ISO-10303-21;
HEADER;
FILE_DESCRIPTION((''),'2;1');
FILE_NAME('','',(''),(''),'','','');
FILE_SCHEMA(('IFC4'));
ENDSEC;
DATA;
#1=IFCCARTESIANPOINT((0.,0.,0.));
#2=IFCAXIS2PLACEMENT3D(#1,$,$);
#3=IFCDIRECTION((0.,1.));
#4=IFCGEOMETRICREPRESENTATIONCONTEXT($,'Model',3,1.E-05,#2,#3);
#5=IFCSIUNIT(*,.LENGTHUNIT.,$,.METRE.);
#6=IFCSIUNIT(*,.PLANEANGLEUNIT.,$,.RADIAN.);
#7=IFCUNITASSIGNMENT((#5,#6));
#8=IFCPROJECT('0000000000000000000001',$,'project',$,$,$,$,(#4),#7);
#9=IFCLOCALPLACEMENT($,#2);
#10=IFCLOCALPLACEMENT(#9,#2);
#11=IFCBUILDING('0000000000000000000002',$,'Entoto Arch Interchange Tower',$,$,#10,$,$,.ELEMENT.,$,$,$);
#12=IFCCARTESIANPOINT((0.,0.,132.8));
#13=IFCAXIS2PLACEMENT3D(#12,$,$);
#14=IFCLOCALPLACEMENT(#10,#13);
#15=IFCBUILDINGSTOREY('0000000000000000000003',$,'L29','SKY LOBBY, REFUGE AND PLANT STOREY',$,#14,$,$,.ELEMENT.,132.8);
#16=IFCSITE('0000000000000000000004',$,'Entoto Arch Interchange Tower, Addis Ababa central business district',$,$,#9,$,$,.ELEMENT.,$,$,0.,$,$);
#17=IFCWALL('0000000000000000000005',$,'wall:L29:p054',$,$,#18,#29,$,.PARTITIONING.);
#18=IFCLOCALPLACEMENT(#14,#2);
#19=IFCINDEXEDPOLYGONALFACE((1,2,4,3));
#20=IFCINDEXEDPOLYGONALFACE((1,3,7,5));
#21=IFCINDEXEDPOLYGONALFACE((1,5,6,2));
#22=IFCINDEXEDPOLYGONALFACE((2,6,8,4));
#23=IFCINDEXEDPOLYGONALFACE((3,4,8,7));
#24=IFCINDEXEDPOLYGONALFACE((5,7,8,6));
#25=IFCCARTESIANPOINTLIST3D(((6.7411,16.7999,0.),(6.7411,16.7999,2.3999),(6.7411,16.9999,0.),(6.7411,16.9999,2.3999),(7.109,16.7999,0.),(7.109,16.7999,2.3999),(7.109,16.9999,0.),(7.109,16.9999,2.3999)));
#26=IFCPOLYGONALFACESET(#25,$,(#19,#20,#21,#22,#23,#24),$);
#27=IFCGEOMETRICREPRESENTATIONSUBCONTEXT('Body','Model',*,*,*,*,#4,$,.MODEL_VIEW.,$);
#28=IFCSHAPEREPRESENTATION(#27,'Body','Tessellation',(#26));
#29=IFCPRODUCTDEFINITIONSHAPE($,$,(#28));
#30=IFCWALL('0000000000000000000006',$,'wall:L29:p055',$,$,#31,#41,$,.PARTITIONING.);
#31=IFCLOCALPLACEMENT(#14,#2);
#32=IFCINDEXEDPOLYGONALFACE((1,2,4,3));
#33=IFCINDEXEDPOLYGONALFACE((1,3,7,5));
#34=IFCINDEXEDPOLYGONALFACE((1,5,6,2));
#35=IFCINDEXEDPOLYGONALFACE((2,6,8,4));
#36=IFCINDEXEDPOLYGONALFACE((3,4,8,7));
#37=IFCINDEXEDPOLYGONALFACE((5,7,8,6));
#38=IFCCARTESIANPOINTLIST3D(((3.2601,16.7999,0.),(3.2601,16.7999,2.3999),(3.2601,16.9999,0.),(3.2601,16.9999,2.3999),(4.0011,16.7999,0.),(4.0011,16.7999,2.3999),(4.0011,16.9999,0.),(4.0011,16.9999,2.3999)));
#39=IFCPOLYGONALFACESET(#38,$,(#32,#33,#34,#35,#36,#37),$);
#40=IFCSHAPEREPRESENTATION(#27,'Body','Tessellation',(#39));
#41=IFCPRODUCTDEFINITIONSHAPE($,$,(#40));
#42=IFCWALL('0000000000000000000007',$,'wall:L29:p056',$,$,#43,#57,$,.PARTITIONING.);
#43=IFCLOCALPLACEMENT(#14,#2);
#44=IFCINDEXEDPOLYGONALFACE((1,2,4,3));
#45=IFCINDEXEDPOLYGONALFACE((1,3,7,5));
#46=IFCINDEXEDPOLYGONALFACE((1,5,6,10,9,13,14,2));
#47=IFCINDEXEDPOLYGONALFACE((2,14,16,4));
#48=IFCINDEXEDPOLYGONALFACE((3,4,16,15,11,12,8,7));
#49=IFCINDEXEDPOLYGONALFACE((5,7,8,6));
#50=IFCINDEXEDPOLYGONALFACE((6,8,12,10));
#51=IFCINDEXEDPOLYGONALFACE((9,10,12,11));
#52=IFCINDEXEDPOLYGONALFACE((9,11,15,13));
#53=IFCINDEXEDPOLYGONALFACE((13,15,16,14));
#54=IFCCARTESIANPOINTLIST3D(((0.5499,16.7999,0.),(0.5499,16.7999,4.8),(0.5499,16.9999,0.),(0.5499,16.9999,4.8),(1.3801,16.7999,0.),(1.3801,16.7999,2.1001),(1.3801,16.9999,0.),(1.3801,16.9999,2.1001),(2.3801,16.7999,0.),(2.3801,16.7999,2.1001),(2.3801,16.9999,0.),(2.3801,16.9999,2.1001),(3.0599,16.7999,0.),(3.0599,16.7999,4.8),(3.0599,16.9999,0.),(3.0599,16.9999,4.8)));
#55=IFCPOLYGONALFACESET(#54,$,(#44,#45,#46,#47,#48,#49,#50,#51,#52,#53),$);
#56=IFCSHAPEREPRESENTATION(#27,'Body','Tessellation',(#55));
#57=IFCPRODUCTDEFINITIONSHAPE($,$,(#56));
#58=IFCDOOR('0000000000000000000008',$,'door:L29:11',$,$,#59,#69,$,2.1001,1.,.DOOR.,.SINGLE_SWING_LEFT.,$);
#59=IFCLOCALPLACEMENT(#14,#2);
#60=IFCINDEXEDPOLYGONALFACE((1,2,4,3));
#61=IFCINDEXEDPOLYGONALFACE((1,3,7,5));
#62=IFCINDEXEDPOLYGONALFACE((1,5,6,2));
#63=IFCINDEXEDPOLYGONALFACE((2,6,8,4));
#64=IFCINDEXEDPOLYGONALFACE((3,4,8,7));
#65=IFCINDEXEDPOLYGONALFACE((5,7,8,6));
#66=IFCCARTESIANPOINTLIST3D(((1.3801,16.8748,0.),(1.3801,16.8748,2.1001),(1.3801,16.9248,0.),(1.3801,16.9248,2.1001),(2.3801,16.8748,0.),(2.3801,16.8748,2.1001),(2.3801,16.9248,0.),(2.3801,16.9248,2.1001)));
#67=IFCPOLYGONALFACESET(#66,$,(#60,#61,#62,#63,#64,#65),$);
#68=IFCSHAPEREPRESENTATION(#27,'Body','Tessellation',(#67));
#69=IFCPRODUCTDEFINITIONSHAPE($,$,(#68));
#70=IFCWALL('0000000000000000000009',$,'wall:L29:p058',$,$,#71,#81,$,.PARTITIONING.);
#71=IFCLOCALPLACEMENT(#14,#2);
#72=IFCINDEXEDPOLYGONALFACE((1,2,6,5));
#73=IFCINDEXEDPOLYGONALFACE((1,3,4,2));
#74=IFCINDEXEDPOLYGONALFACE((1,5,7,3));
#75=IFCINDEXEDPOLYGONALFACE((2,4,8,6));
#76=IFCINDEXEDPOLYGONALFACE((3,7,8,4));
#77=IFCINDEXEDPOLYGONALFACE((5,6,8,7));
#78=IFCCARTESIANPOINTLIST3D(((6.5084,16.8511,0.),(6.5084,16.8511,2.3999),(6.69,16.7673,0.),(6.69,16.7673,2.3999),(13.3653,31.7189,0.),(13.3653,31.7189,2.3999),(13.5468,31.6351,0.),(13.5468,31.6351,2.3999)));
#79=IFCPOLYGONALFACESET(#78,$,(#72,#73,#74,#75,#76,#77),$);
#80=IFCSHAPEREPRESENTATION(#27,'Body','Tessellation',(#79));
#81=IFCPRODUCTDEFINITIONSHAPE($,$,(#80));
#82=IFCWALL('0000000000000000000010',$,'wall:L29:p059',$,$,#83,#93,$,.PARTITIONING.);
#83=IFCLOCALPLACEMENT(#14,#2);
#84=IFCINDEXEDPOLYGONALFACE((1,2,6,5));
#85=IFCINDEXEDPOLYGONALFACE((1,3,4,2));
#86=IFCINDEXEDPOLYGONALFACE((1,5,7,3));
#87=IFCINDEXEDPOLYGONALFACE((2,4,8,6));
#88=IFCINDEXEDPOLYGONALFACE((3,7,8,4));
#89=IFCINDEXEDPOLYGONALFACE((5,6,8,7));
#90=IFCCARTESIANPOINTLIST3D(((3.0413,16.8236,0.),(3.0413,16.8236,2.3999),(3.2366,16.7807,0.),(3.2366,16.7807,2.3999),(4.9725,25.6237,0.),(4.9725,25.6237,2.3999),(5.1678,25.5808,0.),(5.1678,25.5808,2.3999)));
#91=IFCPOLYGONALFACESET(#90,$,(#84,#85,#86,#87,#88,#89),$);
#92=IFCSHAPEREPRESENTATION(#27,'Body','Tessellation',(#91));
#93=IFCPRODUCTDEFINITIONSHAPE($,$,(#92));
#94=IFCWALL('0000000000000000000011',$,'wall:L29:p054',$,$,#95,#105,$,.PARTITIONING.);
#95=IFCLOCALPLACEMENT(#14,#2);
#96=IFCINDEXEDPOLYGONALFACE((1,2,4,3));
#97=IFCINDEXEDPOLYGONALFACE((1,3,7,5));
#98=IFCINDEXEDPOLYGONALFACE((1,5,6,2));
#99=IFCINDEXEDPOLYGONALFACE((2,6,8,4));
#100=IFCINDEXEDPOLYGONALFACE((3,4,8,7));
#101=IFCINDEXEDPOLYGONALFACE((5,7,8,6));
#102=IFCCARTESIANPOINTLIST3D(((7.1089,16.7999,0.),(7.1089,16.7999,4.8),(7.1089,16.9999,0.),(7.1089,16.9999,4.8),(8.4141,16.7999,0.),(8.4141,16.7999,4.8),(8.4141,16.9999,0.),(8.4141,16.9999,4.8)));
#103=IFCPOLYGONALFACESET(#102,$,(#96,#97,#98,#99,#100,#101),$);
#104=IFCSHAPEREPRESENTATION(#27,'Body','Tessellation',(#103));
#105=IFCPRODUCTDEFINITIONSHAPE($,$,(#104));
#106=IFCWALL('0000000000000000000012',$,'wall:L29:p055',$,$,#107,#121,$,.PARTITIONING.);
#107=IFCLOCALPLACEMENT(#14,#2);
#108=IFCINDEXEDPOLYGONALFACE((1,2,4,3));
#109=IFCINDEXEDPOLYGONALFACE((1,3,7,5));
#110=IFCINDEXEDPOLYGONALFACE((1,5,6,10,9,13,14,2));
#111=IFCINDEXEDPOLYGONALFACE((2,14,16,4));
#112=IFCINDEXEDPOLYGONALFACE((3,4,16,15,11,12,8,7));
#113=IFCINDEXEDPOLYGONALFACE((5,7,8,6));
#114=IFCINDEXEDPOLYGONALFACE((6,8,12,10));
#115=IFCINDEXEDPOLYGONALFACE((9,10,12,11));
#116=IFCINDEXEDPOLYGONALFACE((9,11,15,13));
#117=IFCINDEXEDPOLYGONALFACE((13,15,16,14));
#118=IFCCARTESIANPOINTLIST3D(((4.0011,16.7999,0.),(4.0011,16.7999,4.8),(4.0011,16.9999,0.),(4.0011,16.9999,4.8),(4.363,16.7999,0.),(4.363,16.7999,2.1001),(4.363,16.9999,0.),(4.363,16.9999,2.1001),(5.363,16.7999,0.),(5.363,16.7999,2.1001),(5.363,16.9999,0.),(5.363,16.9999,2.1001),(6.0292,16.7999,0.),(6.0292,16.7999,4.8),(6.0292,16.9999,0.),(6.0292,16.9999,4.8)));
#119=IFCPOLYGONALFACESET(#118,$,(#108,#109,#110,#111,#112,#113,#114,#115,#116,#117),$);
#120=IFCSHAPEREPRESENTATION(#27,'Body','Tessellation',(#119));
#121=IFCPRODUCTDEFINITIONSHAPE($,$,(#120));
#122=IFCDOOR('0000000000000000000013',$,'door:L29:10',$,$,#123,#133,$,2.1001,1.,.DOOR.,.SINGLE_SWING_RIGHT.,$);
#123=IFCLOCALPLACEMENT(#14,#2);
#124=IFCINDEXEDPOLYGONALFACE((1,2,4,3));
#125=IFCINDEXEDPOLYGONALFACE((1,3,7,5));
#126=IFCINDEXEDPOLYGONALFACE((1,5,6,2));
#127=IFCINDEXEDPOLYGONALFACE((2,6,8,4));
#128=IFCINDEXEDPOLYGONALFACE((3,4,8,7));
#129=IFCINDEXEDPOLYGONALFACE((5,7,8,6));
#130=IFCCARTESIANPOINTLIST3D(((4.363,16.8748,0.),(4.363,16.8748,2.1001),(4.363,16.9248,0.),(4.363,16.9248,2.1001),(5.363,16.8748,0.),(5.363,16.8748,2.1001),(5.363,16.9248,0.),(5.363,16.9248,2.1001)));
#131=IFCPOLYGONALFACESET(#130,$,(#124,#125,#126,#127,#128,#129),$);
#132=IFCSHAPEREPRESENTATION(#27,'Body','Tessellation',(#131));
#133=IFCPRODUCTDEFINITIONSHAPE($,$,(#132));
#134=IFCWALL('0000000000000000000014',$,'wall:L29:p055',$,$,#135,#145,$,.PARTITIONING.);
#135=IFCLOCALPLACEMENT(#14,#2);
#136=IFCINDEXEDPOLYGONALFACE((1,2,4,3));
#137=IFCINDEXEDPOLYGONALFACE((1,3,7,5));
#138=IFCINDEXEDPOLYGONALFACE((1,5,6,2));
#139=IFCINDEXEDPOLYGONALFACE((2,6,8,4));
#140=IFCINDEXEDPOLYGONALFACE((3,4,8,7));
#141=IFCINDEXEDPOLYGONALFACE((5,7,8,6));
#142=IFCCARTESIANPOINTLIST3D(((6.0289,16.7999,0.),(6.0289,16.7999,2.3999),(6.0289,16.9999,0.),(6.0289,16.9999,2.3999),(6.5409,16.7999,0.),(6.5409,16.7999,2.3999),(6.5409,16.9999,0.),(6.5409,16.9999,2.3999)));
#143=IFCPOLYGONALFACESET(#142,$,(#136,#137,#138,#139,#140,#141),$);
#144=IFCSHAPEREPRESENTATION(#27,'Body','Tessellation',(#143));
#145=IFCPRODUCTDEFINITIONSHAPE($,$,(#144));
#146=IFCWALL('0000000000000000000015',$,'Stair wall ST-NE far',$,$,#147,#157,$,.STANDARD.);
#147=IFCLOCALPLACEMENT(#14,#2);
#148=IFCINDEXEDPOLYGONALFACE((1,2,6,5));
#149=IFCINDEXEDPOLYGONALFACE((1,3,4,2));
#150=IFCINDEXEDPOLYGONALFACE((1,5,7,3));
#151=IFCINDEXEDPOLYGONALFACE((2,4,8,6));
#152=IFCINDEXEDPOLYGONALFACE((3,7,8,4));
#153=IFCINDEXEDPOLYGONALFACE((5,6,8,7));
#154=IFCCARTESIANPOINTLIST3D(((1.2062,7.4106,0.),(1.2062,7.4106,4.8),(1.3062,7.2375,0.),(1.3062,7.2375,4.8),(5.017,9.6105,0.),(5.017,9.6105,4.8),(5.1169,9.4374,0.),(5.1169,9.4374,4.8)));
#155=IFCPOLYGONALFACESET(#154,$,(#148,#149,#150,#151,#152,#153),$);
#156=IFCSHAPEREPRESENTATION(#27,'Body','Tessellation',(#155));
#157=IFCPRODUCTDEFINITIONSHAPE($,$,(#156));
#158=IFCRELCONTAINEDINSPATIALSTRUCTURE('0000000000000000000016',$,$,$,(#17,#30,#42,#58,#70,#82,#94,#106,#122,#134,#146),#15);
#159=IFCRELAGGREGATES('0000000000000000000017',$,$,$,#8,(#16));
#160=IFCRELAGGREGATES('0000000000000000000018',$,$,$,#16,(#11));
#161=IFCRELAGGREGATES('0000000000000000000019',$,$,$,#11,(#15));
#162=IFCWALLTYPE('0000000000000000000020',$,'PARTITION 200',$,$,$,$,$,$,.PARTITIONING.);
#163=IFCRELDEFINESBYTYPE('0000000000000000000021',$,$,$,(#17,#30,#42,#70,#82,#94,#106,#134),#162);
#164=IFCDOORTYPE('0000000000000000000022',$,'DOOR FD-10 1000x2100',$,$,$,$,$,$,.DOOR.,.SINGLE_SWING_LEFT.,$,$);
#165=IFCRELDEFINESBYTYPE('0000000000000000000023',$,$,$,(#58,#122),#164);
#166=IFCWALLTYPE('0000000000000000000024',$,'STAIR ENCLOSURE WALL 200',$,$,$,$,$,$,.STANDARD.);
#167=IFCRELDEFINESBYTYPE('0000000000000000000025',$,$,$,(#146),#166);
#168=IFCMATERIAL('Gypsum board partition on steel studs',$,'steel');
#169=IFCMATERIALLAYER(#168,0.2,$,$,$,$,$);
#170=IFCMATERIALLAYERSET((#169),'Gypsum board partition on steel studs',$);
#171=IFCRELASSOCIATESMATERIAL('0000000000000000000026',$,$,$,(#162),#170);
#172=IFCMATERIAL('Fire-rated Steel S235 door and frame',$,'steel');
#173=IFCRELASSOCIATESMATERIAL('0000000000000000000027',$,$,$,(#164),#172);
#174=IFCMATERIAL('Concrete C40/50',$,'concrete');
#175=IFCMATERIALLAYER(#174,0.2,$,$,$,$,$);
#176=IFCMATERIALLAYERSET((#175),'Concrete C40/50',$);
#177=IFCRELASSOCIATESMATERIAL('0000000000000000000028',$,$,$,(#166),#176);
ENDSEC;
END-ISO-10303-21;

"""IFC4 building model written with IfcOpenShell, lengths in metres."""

from ifc_helpers import new_model, si_unit, direction, frame, frame_2d, origin, place, context, subcontext, project, spatial, rectangle, extrude, material, layer, layer_set, type_object, element, fill, save


model = new_model("IFC4")

# Units and contexts
model_context = context("Model", 3, precision=1e-05, world=origin(), true_north=direction((0.0, 1.0)))
body_context = subcontext(model_context, "Body", "Model", "MODEL_VIEW")
ifc_project = project(units=[si_unit("LENGTHUNIT", "METRE"), si_unit("PLANEANGLEUNIT", "RADIAN")], contexts=[model_context])

# Site, building, storey
site_placement = place(None, origin())
site = spatial("IfcSite", under=ifc_project, at=site_placement, Name="Entoto Arch Interchange Tower, Addis Ababa central business district", CompositionType="ELEMENT", RefElevation=0.0)
building_placement = place(site_placement, origin())
building = spatial("IfcBuilding", under=site, at=building_placement, Name="Entoto Arch Interchange Tower", CompositionType="ELEMENT")
storey_placement = place(building_placement, frame((0.0, 0.0, 132.8)))
storey = spatial("IfcBuildingStorey", under=building, at=storey_placement, Name="L29", Description="SKY LOBBY, REFUGE AND PLANT STOREY", CompositionType="ELEMENT", Elevation=132.8)

# Shared definitions
ifc_material_1 = material(Name="Concrete C40/50", Category="concrete")

# Shared definitions
ifc_material_2 = material(Name="Gypsum board partition on steel studs", Category="steel")
ifc_layer_1 = layer(ifc_material_2, 0.2)
ifc_layer_set_1 = layer_set([ifc_layer_1], Name="Gypsum board partition on steel studs")
wall_type_1 = type_object("IfcWallType", Name="PARTITION 200", PredefinedType="PARTITIONING", material=ifc_layer_set_1)
ifc_material_3 = material(Name="Fire-rated Steel S235 door and frame", Category="steel")
door_type = type_object("IfcDoorType", Name="DOOR FD-10 1000x2100", OperationType="SINGLE_SWING_LEFT", PredefinedType="DOOR", material=ifc_material_3)

# Walls
wall_1_placement = place(storey_placement, frame((6.741, 16.8999, 0.0), z_axis=(0.0, 0.0, 1.0), x_axis=(1.0, 0.0, 0.0)))
element("IfcWall", 1, at=wall_1_placement, inside=storey, type_object=wall_type_1, Name="wall:L29:p054", PredefinedType="PARTITIONING", context=body_context, shape_type="SweptSolid", body=[
    extrude(rectangle(XDim=0.3679, YDim=0.2, at=frame_2d((0.1841, 0.0))), origin(), (0.0, 0.0, 1.0), 2.3999),
])
wall_2_placement = place(storey_placement, frame((3.26, 16.8999, 0.0), z_axis=(0.0, 0.0, 1.0), x_axis=(1.0, 0.0, 0.0)))
element("IfcWall", 2, at=wall_2_placement, inside=storey, type_object=wall_type_1, Name="wall:L29:p055", PredefinedType="PARTITIONING", context=body_context, shape_type="SweptSolid", body=[
    extrude(rectangle(XDim=0.741, YDim=0.2, at=frame_2d((0.3706, 0.0))), origin(), (0.0, 0.0, 1.0), 2.3999),
])

# Wall, opening, door
wall_3_placement = place(storey_placement, frame((0.55, 16.8999, 0.0), z_axis=(0.0, 0.0, 1.0), x_axis=(1.0, 0.0, 0.0)))
wall_3 = element("IfcWall", 3, at=wall_3_placement, inside=storey, type_object=wall_type_1, Name="wall:L29:p056", PredefinedType="PARTITIONING", context=body_context, shape_type="SweptSolid", body=[
    extrude(rectangle(XDim=2.51, YDim=0.2, at=frame_2d((1.2549, 0.0))), origin(), (0.0, 0.0, 1.0), 4.8),
])
opening_1_placement = place(wall_3_placement, frame((0.8301, 0.0, 0.0)))
opening_1 = element("IfcOpeningElement", 4, at=opening_1_placement, cuts=wall_3, PredefinedType="OPENING", context=body_context, shape_type="SweptSolid", body=[
    extrude(rectangle(XDim=1.0, YDim=2.1001, at=frame_2d((0.5, 1.05))), frame((0.0, 0.1099, 0.0), z_axis=(0.0, -1.0, 0.0), x_axis=(1.0, 0.0, 0.0)), (0.0, 0.0, 1.0), 0.22),
])
door_1_placement = place(opening_1_placement, origin())
door_1 = element("IfcDoor", 5, at=door_1_placement, inside=storey, type_object=door_type, Name="door:L29:11", OperationType="SINGLE_SWING_LEFT", OverallHeight=2.1001, OverallWidth=1.0, PredefinedType="DOOR", context=body_context, shape_type="SweptSolid", body=[
    extrude(rectangle(XDim=1.0, YDim=2.1001, at=frame_2d((0.5, 1.05))), frame((0.0, 0.0249, 0.0), z_axis=(0.0, -1.0, 0.0), x_axis=(1.0, 0.0, 0.0)), (0.0, 0.0, 1.0), 0.05),
])
fill(opening_1, door_1)

# Walls
wall_4_placement = place(storey_placement, frame((6.5991, 16.8091, 0.0), z_axis=(0.0, 0.0, 1.0), x_axis=(0.418797, 0.90808, 0.0)))
element("IfcWall", 6, at=wall_4_placement, inside=storey, type_object=wall_type_1, Name="wall:L29:p058", PredefinedType="PARTITIONING", context=body_context, shape_type="SweptSolid", body=[
    extrude(rectangle(XDim=16.3728, YDim=0.2, at=frame_2d((8.1865, 0.0))), origin(), (0.0, 0.0, 1.0), 2.3999),
])
wall_5_placement = place(storey_placement, frame((3.1389, 16.802, 0.0), z_axis=(0.0, 0.0, 1.0), x_axis=(0.214347, 0.976757, 0.0)))
element("IfcWall", 7, at=wall_5_placement, inside=storey, type_object=wall_type_1, Name="wall:L29:p059", PredefinedType="PARTITIONING", context=body_context, shape_type="SweptSolid", body=[
    extrude(rectangle(XDim=9.0095, YDim=0.2, at=frame_2d((4.5049, 0.0))), origin(), (0.0, 0.0, 1.0), 2.3999),
])
wall_6_placement = place(storey_placement, frame((7.1089, 16.8999, 0.0), z_axis=(0.0, 0.0, 1.0), x_axis=(1.0, 0.0, 0.0)))
element("IfcWall", 8, at=wall_6_placement, inside=storey, type_object=wall_type_1, Name="wall:L29:p054", PredefinedType="PARTITIONING", context=body_context, shape_type="SweptSolid", body=[
    extrude(rectangle(XDim=1.3052, YDim=0.2, at=frame_2d((0.6526, 0.0))), origin(), (0.0, 0.0, 1.0), 4.8),
])

# Wall, opening, door
wall_7_placement = place(storey_placement, frame((4.001, 16.8999, 0.0), z_axis=(0.0, 0.0, 1.0), x_axis=(1.0, 0.0, 0.0)))
wall_7 = element("IfcWall", 9, at=wall_7_placement, inside=storey, type_object=wall_type_1, Name="wall:L29:p055", PredefinedType="PARTITIONING", context=body_context, shape_type="SweptSolid", body=[
    extrude(rectangle(XDim=2.0281, YDim=0.2, at=frame_2d((1.0142, 0.0))), origin(), (0.0, 0.0, 1.0), 4.8),
])
opening_2_placement = place(wall_7_placement, frame((0.3621, 0.0, 0.0)))
opening_2 = element("IfcOpeningElement", 10, at=opening_2_placement, cuts=wall_7, PredefinedType="OPENING", context=body_context, shape_type="SweptSolid", body=[
    extrude(rectangle(XDim=1.0, YDim=2.1001, at=frame_2d((0.5, 1.05))), frame((0.0, 0.1099, 0.0), z_axis=(0.0, -1.0, 0.0), x_axis=(1.0, 0.0, 0.0)), (0.0, 0.0, 1.0), 0.22),
])
door_2_placement = place(opening_2_placement, origin())
door_2 = element("IfcDoor", 11, at=door_2_placement, inside=storey, type_object=door_type, Name="door:L29:10", OperationType="SINGLE_SWING_RIGHT", OverallHeight=2.1001, OverallWidth=1.0, PredefinedType="DOOR", context=body_context, shape_type="SweptSolid", body=[
    extrude(rectangle(XDim=1.0, YDim=2.1001, at=frame_2d((0.5, 1.05))), frame((0.0, 0.0249, 0.0), z_axis=(0.0, -1.0, 0.0), x_axis=(1.0, 0.0, 0.0)), (0.0, 0.0, 1.0), 0.05),
])
fill(opening_2, door_2)

# Walls
wall_8_placement = place(storey_placement, frame((6.0291, 16.8999, 0.0), z_axis=(0.0, 0.0, 1.0), x_axis=(1.0, 0.0, 0.0)))
element("IfcWall", 12, at=wall_8_placement, inside=storey, type_object=wall_type_1, Name="wall:L29:p055", PredefinedType="PARTITIONING", context=body_context, shape_type="SweptSolid", body=[
    extrude(rectangle(XDim=0.512, YDim=0.2, at=frame_2d((0.2559, 0.0))), origin(), (0.0, 0.0, 1.0), 2.3999),
])
ifc_layer_2 = layer(ifc_material_1, 0.2)
ifc_layer_set_2 = layer_set([ifc_layer_2], Name="Concrete C40/50")
wall_type_2 = type_object("IfcWallType", Name="STAIR ENCLOSURE WALL 200", PredefinedType="STANDARD", material=ifc_layer_set_2)
wall_9_placement = place(storey_placement, frame((1.2561, 7.324, 0.0), z_axis=(0.0, 0.0, 1.0), x_axis=(0.866046, 0.499964, 0.0)))
element("IfcWall", 13, at=wall_9_placement, inside=storey, type_object=wall_type_2, Name="Stair wall ST-NE far", PredefinedType="STANDARD", context=body_context, shape_type="SweptSolid", body=[
    extrude(rectangle(XDim=4.4001, YDim=0.2, at=frame_2d((2.2002, 0.0))), origin(), (0.0, 0.0, 1.0), 4.8),
])

save(model, "model.ifc")
